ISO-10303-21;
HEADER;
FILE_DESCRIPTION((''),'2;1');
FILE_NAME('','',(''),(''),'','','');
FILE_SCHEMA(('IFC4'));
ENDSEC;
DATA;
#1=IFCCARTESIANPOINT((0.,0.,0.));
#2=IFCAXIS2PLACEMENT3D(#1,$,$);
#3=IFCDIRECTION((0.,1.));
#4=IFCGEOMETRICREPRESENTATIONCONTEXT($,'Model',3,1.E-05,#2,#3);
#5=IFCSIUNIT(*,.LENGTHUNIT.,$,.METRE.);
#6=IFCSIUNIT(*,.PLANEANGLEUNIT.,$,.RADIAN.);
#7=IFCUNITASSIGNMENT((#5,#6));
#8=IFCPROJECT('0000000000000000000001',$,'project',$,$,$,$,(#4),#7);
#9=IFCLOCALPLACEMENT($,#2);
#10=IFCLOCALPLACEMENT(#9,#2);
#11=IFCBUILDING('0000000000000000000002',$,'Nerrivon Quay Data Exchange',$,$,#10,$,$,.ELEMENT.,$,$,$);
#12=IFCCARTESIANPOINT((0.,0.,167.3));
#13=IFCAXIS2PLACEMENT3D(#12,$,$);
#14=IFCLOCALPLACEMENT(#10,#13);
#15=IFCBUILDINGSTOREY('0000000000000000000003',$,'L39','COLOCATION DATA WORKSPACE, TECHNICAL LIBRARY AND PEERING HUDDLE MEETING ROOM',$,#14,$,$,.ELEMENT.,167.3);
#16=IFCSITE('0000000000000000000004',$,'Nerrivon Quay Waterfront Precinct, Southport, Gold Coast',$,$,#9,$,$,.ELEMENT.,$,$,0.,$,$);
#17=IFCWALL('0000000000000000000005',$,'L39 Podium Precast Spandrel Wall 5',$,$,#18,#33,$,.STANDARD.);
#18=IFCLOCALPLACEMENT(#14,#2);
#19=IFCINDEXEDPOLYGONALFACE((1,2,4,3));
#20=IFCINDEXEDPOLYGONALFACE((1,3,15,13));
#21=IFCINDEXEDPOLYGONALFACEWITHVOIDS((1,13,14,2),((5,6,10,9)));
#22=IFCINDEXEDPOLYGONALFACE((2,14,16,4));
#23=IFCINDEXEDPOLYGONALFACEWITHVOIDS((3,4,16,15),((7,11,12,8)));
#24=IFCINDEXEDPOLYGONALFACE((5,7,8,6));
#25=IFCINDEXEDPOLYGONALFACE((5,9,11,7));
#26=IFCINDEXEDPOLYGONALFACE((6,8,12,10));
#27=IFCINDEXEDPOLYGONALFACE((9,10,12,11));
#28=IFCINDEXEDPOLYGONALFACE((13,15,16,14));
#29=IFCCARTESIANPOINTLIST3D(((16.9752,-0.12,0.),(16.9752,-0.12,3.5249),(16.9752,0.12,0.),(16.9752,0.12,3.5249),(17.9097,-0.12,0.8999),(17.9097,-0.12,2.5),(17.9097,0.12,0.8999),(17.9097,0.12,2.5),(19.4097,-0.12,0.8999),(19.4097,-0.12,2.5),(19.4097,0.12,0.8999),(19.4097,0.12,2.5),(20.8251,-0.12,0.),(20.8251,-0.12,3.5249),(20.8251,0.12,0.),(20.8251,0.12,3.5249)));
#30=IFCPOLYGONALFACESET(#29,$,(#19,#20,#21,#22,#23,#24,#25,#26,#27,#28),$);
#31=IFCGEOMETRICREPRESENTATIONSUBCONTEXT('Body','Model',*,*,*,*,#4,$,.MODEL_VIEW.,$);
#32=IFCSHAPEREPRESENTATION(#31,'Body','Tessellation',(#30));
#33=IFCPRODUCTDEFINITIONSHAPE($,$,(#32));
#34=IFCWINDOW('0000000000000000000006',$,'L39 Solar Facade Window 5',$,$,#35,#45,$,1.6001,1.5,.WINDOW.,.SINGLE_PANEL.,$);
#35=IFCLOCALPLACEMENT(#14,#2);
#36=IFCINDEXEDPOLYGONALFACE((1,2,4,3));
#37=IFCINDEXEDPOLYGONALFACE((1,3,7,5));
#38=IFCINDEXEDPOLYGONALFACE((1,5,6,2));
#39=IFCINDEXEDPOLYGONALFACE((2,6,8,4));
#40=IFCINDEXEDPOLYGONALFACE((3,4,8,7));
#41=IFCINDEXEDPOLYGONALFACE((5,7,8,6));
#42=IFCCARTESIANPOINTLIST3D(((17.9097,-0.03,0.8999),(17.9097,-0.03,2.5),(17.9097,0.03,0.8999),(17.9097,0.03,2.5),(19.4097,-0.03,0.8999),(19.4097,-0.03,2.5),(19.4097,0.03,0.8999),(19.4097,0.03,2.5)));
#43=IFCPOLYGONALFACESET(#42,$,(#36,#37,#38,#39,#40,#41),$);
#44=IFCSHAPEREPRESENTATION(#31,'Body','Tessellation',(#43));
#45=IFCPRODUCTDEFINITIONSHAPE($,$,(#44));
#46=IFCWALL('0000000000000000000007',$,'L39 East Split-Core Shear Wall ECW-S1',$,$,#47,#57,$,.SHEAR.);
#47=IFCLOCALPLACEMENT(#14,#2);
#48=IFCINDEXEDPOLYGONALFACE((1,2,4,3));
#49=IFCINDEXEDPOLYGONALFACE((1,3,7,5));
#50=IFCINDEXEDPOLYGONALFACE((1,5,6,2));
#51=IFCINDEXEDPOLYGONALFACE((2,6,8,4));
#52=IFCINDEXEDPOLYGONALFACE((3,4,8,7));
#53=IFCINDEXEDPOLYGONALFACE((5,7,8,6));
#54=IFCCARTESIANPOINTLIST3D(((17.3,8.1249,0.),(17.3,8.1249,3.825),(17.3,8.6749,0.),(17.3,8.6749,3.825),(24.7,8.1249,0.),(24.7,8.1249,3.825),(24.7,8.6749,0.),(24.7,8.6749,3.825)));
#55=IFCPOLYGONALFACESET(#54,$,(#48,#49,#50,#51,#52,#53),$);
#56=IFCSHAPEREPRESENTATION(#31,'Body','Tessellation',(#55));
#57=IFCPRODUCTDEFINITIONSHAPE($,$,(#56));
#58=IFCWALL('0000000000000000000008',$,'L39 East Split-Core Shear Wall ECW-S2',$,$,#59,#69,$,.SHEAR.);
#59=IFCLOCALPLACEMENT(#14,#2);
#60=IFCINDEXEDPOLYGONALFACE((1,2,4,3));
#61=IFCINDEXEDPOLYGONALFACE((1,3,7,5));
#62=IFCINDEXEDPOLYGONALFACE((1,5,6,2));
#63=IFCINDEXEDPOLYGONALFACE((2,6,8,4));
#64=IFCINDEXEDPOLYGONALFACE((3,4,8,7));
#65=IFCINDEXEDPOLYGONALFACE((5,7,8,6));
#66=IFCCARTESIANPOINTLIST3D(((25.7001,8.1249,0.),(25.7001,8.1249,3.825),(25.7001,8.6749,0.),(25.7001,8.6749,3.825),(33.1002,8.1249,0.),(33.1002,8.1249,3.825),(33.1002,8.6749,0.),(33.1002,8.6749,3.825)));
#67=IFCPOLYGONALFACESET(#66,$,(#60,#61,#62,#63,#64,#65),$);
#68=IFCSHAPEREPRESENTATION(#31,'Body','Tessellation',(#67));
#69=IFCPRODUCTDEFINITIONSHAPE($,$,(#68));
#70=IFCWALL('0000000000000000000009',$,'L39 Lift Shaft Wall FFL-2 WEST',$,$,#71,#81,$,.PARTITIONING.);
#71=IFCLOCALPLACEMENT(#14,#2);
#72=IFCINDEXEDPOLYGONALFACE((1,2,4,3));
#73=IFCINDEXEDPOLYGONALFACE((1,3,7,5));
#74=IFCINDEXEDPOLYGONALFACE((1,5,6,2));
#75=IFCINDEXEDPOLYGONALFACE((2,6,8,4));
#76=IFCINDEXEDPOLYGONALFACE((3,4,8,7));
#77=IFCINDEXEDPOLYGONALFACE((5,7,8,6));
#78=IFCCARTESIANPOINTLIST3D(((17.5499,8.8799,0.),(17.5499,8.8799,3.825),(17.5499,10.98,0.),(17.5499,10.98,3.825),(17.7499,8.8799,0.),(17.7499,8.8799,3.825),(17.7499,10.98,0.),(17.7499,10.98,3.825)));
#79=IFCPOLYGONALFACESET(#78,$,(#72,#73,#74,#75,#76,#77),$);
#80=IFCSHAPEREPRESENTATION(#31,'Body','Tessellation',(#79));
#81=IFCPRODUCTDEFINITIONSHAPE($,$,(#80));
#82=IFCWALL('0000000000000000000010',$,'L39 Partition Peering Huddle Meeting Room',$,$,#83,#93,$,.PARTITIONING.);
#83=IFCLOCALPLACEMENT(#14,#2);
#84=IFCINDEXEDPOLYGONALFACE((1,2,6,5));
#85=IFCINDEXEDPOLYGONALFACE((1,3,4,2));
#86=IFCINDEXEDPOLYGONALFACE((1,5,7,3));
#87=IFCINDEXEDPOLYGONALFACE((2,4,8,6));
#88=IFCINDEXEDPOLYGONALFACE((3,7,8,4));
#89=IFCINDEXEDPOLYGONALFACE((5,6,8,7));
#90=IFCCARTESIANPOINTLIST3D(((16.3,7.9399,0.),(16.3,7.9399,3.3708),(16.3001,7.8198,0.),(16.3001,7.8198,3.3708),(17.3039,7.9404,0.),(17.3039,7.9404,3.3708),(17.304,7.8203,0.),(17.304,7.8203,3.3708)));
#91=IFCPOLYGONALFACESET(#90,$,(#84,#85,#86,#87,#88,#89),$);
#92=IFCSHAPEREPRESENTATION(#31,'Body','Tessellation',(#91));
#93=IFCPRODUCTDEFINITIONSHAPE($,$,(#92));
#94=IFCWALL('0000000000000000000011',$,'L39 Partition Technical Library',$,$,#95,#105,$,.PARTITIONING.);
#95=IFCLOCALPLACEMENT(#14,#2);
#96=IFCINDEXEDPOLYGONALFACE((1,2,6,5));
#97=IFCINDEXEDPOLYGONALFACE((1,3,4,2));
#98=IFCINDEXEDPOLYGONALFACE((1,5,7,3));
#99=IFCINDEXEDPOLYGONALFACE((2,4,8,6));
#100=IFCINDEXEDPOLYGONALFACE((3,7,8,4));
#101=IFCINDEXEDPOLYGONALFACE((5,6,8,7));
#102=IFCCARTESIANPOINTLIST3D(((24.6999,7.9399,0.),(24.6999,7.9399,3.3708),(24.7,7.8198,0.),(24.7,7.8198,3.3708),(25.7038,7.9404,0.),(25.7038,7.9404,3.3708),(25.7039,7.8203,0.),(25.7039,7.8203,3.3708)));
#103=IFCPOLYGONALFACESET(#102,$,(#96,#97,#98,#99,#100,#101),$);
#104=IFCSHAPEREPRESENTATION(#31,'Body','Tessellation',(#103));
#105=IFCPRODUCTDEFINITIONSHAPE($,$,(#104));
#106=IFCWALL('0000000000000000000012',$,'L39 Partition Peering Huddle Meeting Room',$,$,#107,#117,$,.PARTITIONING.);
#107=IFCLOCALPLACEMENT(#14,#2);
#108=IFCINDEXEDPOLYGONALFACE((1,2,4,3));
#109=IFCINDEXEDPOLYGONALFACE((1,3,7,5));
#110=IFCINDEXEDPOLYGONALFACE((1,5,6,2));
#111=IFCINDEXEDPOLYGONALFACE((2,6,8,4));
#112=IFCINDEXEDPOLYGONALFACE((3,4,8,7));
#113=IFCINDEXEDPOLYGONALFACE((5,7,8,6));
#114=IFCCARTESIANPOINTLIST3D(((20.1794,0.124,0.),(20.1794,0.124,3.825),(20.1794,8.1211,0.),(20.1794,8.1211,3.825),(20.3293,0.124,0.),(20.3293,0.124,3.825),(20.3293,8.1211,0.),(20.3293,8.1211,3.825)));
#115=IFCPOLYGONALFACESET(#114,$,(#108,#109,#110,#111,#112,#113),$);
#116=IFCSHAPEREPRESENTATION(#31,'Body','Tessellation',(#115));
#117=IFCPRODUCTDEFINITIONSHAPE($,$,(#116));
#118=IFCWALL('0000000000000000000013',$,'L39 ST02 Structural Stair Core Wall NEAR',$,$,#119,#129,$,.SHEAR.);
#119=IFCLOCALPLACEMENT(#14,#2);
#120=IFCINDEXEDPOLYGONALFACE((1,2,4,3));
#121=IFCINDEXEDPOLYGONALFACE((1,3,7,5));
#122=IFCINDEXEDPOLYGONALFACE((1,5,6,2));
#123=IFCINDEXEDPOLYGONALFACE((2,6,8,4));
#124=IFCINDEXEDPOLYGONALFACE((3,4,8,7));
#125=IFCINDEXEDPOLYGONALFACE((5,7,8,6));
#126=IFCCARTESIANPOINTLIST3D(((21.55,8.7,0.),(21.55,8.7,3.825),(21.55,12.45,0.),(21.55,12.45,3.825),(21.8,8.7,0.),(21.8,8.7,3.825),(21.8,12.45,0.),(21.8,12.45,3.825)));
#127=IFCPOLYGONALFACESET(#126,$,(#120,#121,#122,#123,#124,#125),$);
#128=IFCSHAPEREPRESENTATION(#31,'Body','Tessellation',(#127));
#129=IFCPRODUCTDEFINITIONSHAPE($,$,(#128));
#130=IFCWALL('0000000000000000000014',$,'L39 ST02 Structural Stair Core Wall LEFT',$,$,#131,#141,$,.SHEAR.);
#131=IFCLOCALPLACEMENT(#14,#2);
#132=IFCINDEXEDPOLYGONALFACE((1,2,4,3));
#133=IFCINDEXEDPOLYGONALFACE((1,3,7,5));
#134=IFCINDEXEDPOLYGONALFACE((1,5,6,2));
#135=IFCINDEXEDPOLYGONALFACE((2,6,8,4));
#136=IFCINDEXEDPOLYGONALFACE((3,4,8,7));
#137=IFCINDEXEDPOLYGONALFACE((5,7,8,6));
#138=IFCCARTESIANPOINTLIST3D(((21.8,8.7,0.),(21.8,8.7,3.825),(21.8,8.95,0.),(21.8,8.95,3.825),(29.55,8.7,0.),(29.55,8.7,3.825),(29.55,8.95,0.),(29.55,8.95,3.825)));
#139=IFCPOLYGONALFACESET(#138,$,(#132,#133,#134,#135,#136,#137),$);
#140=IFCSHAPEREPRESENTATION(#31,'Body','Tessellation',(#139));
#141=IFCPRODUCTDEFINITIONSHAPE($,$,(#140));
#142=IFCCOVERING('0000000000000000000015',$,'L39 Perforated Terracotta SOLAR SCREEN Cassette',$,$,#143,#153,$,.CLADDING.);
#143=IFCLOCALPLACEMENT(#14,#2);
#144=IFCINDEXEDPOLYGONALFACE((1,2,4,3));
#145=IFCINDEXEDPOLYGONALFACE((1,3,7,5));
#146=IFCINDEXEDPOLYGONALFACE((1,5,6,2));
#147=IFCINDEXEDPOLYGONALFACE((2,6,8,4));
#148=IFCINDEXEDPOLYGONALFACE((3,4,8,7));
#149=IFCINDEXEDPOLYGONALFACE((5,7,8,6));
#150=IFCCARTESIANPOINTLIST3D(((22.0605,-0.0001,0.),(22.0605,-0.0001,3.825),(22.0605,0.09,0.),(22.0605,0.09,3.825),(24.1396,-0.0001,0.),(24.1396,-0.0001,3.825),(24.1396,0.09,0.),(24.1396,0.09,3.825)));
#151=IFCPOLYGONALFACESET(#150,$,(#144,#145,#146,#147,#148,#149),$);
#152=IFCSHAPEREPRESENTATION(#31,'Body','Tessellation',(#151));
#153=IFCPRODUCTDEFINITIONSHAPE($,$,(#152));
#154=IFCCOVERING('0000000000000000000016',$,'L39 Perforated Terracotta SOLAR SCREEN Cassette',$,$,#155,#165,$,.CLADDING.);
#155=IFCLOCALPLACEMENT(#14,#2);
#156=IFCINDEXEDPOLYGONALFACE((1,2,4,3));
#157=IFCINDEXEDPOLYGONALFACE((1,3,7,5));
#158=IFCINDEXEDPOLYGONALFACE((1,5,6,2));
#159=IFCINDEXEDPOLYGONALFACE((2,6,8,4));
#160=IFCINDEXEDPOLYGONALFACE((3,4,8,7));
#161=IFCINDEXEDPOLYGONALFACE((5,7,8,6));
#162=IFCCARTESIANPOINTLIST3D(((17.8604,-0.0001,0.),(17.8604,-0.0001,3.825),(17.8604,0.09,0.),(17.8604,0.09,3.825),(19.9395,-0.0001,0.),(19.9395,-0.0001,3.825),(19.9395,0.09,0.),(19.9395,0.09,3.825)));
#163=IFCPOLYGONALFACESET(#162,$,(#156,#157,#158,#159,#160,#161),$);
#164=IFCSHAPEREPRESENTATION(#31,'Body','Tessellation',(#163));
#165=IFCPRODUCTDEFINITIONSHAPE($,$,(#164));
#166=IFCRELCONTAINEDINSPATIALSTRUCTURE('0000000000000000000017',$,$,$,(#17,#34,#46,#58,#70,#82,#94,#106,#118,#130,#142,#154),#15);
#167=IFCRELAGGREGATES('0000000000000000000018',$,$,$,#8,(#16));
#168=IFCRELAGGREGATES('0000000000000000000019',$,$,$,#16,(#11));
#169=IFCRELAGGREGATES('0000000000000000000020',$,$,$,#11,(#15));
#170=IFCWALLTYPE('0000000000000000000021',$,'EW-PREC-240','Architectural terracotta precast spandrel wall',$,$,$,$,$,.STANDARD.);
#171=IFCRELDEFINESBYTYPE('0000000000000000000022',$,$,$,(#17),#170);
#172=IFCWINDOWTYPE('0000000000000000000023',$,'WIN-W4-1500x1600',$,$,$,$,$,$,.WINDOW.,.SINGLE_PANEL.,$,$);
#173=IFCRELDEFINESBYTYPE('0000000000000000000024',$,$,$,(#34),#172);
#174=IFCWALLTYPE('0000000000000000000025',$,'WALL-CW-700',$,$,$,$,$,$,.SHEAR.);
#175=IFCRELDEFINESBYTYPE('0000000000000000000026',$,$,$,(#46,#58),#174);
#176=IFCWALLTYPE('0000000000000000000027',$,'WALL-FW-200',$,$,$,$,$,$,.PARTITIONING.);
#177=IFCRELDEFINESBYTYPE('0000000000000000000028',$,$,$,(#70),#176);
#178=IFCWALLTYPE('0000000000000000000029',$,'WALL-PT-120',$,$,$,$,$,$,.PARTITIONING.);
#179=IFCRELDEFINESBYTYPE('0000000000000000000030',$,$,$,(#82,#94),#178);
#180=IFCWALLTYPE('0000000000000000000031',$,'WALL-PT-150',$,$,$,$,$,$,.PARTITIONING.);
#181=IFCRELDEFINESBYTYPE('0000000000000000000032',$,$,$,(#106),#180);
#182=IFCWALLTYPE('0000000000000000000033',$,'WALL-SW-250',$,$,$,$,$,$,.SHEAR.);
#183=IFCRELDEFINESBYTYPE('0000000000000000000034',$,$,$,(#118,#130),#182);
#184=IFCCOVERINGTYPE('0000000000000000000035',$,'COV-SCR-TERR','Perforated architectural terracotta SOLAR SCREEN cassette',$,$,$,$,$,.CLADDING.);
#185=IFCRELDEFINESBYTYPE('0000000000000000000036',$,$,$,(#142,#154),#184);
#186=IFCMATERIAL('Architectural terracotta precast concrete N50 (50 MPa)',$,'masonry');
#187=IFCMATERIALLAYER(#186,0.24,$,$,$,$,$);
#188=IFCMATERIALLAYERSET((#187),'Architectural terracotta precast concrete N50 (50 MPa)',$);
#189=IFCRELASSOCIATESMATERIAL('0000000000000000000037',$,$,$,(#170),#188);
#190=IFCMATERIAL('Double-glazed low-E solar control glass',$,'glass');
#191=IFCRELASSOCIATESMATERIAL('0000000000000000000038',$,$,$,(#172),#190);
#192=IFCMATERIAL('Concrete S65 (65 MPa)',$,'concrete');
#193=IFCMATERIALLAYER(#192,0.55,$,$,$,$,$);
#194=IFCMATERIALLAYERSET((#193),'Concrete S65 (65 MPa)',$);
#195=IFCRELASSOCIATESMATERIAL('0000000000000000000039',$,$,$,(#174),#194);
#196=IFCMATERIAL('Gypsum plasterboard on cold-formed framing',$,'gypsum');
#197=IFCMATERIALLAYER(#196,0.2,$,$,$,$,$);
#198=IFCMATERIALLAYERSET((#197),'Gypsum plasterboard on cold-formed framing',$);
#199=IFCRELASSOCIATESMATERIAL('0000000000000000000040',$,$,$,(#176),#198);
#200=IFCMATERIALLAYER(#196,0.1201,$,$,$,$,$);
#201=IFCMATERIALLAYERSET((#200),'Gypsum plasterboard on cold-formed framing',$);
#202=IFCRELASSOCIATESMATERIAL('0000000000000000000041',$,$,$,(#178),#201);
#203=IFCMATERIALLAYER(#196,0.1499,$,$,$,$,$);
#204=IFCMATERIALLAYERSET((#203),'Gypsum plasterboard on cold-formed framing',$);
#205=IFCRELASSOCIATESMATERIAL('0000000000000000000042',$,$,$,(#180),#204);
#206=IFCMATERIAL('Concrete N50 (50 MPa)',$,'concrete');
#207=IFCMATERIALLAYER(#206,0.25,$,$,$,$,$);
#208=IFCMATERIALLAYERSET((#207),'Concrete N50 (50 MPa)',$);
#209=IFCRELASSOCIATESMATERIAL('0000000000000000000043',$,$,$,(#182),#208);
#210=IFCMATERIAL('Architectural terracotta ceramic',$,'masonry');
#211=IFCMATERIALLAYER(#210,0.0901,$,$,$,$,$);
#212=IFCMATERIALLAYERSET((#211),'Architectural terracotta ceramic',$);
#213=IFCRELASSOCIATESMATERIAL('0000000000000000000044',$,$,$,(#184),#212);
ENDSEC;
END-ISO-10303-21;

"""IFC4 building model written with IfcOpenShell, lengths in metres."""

from ifc_helpers import new_model, si_unit, direction, frame, frame_2d, origin, origin_2d, place, context, subcontext, project, spatial, rectangle, extrude, material, layer, layer_set, type_object, element, fill, save


model = new_model("IFC4")

# Units and contexts
model_context = context("Model", 3, precision=1e-05, world=origin(), true_north=direction((0.0, 1.0)))
body_context = subcontext(model_context, "Body", "Model", "MODEL_VIEW")
ifc_project = project(units=[si_unit("LENGTHUNIT", "METRE"), si_unit("PLANEANGLEUNIT", "RADIAN")], contexts=[model_context])

# Site, building, storey
site_placement = place(None, origin())
site = spatial("IfcSite", under=ifc_project, at=site_placement, Name="Nerrivon Quay Waterfront Precinct, Southport, Gold Coast", CompositionType="ELEMENT", RefElevation=0.0)
building_placement = place(site_placement, origin())
building = spatial("IfcBuilding", under=site, at=building_placement, Name="Nerrivon Quay Data Exchange", CompositionType="ELEMENT")
storey_placement = place(building_placement, frame((0.0, 0.0, 167.3)))
storey = spatial("IfcBuildingStorey", under=building, at=storey_placement, Name="L39", Description="COLOCATION DATA WORKSPACE, TECHNICAL LIBRARY AND PEERING HUDDLE MEETING ROOM", CompositionType="ELEMENT", Elevation=167.3)

# Shared definitions
ifc_material_1 = material(Name="Concrete S65 (65 MPa)", Category="concrete")
ifc_material_2 = material(Name="Concrete N50 (50 MPa)", Category="concrete")

# Shared definitions
ifc_material_3 = material(Name="Double-glazed low-E solar control glass", Category="glass")

# Wall, opening, window
ifc_material_4 = material(Name="Architectural terracotta precast concrete N50 (50 MPa)", Category="masonry")
ifc_layer_1 = layer(ifc_material_4, 0.24)
ifc_layer_set_1 = layer_set([ifc_layer_1], Name="Architectural terracotta precast concrete N50 (50 MPa)")
wall_type_1 = type_object("IfcWallType", Name="EW-PREC-240", Description="Architectural terracotta precast spandrel wall", PredefinedType="STANDARD", material=ifc_layer_set_1)
wall_1_placement = place(storey_placement, frame((20.825, 0.0, 0.0), z_axis=(0.0, 0.0, 1.0), x_axis=(-1.0, 0.0, 0.0)))
wall_1 = element("IfcWall", 1, at=wall_1_placement, inside=storey, type_object=wall_type_1, Name="L39 Podium Precast Spandrel Wall 5", PredefinedType="STANDARD", context=body_context, shape_type="SweptSolid", body=[
    extrude(rectangle(XDim=3.8499, YDim=0.24, at=frame_2d((1.9248, 0.0))), origin(), (0.0, 0.0, 1.0), 3.5249),
])
opening_placement = place(wall_1_placement, frame((1.4153, 0.0, 0.8999)))
opening = element("IfcOpeningElement", 2, at=opening_placement, cuts=wall_1, PredefinedType="OPENING", context=body_context, shape_type="SweptSolid", body=[
    extrude(rectangle(XDim=1.5, YDim=1.6001, at=frame_2d((0.75, 0.8))), frame((0.0, 0.1299, 0.0), z_axis=(0.0, -1.0, 0.0), x_axis=(1.0, 0.0, 0.0)), (0.0, 0.0, 1.0), 0.26),
])
window_type = type_object("IfcWindowType", Name="WIN-W4-1500x1600", PartitioningType="SINGLE_PANEL", PredefinedType="WINDOW", material=ifc_material_3)
window_placement = place(opening_placement, origin())
window = element("IfcWindow", 3, at=window_placement, inside=storey, type_object=window_type, Name="L39 Solar Facade Window 5", OverallHeight=1.6001, OverallWidth=1.5, PartitioningType="SINGLE_PANEL", PredefinedType="WINDOW", context=body_context, shape_type="SweptSolid", body=[
    extrude(rectangle(XDim=1.5, YDim=1.6001, at=frame_2d((0.75, 0.8))), frame((0.0, 0.03, 0.0), z_axis=(0.0, -1.0, 0.0), x_axis=(1.0, 0.0, 0.0)), (0.0, 0.0, 1.0), 0.0601),
])
fill(opening, window)

# Walls
ifc_layer_2 = layer(ifc_material_1, 0.55)
ifc_layer_set_2 = layer_set([ifc_layer_2], Name="Concrete S65 (65 MPa)")
wall_type_2 = type_object("IfcWallType", Name="WALL-CW-700", PredefinedType="SHEAR", material=ifc_layer_set_2)
wall_2_placement = place(storey_placement, frame((17.3, 8.3999, 0.0), z_axis=(0.0, 0.0, 1.0), x_axis=(1.0, 0.0, 0.0)))
element("IfcWall", 4, at=wall_2_placement, inside=storey, type_object=wall_type_2, Name="L39 East Split-Core Shear Wall ECW-S1", PredefinedType="SHEAR", context=body_context, shape_type="SweptSolid", body=[
    extrude(rectangle(XDim=7.3999, YDim=0.55, at=frame_2d((3.7, 0.0))), origin(), (0.0, 0.0, 1.0), 3.825),
])
wall_3_placement = place(storey_placement, frame((25.7, 8.3999, 0.0), z_axis=(0.0, 0.0, 1.0), x_axis=(1.0, 0.0, 0.0)))
element("IfcWall", 5, at=wall_3_placement, inside=storey, type_object=wall_type_2, Name="L39 East Split-Core Shear Wall ECW-S2", PredefinedType="SHEAR", context=body_context, shape_type="SweptSolid", body=[
    extrude(rectangle(XDim=7.4001, YDim=0.55, at=frame_2d((3.7002, 0.0))), origin(), (0.0, 0.0, 1.0), 3.825),
])
ifc_material_5 = material(Name="Gypsum plasterboard on cold-formed framing", Category="gypsum")
ifc_layer_3 = layer(ifc_material_5, 0.2)
ifc_layer_set_3 = layer_set([ifc_layer_3], Name="Gypsum plasterboard on cold-formed framing")
wall_type_3 = type_object("IfcWallType", Name="WALL-FW-200", PredefinedType="PARTITIONING", material=ifc_layer_set_3)
wall_4_placement = place(storey_placement, frame((17.6499, 8.8799, 0.0), z_axis=(0.0, 0.0, 1.0), x_axis=(0.0, 1.0, 0.0)))
element("IfcWall", 6, at=wall_4_placement, inside=storey, type_object=wall_type_3, Name="L39 Lift Shaft Wall FFL-2 WEST", PredefinedType="PARTITIONING", context=body_context, shape_type="SweptSolid", body=[
    extrude(rectangle(XDim=2.1001, YDim=0.2, at=frame_2d((1.05, 0.0))), origin(), (0.0, 0.0, 1.0), 3.825),
])
ifc_layer_4 = layer(ifc_material_5, 0.1201)
ifc_layer_set_4 = layer_set([ifc_layer_4], Name="Gypsum plasterboard on cold-formed framing")
wall_type_4 = type_object("IfcWallType", Name="WALL-PT-120", PredefinedType="PARTITIONING", material=ifc_layer_set_4)
for number, where, z_axis, x_axis, name in (
    (7, (17.304, 7.8804, 0.0), (0.0, 0.0, 1.0), (-1.0, -0.000486, 0.0), "L39 Partition Peering Huddle Meeting Room"),
    (8, (25.7039, 7.8804, 0.0), (0.0, 0.0, 1.0), (-1.0, -0.000486, 0.0), "L39 Partition Technical Library"),
):
    element("IfcWall", number, at=place(storey_placement, frame(where, z_axis=z_axis, x_axis=x_axis)), inside=storey, type_object=wall_type_4, Name=name, PredefinedType="PARTITIONING", context=body_context, shape_type="SweptSolid", body=[
        extrude(rectangle(XDim=1.0039, YDim=0.1201, at=frame_2d((0.502, 0.0))), origin(), (0.0, 0.0, 1.0), 3.3708),
    ])
ifc_layer_5 = layer(ifc_material_5, 0.1499)
ifc_layer_set_5 = layer_set([ifc_layer_5], Name="Gypsum plasterboard on cold-formed framing")
wall_type_5 = type_object("IfcWallType", Name="WALL-PT-150", PredefinedType="PARTITIONING", material=ifc_layer_set_5)
wall_5_placement = place(storey_placement, frame((20.2544, 0.124, 0.0), z_axis=(0.0, 0.0, 1.0), x_axis=(0.0, 1.0, 0.0)))
element("IfcWall", 9, at=wall_5_placement, inside=storey, type_object=wall_type_5, Name="L39 Partition Peering Huddle Meeting Room", PredefinedType="PARTITIONING", context=body_context, shape_type="SweptSolid", body=[
    extrude(rectangle(XDim=7.9971, YDim=0.1499, at=frame_2d((3.9985, 0.0))), origin(), (0.0, 0.0, 1.0), 3.825),
])
ifc_layer_6 = layer(ifc_material_2, 0.25)
ifc_layer_set_6 = layer_set([ifc_layer_6], Name="Concrete N50 (50 MPa)")
wall_type_6 = type_object("IfcWallType", Name="WALL-SW-250", PredefinedType="SHEAR", material=ifc_layer_set_6)
wall_6_placement = place(storey_placement, frame((21.675, 8.7, 0.0), z_axis=(0.0, 0.0, 1.0), x_axis=(0.0, 1.0, 0.0)))
element("IfcWall", 10, at=wall_6_placement, inside=storey, type_object=wall_type_6, Name="L39 ST02 Structural Stair Core Wall NEAR", PredefinedType="SHEAR", context=body_context, shape_type="SweptSolid", body=[
    extrude(rectangle(XDim=3.75, YDim=0.25, at=frame_2d((1.875, 0.0))), origin(), (0.0, 0.0, 1.0), 3.825),
])
wall_7_placement = place(storey_placement, frame((21.8, 8.825, 0.0), z_axis=(0.0, 0.0, 1.0), x_axis=(1.0, 0.0, 0.0)))
element("IfcWall", 11, at=wall_7_placement, inside=storey, type_object=wall_type_6, Name="L39 ST02 Structural Stair Core Wall LEFT", PredefinedType="SHEAR", context=body_context, shape_type="SweptSolid", body=[
    extrude(rectangle(XDim=7.75, YDim=0.25, at=frame_2d((3.875, 0.0))), origin(), (0.0, 0.0, 1.0), 3.825),
])

# Coverings
ifc_material_6 = material(Name="Architectural terracotta ceramic", Category="masonry")
ifc_layer_7 = layer(ifc_material_6, 0.0901)
ifc_layer_set_7 = layer_set([ifc_layer_7], Name="Architectural terracotta ceramic")
covering_type = type_object("IfcCoveringType", Name="COV-SCR-TERR", Description="Perforated architectural terracotta SOLAR SCREEN cassette", PredefinedType="CLADDING", material=ifc_layer_set_7)
for number, where, z_axis, x_axis, name in (
    (12, (23.1001, 0.0449, 0.0), (0.0, 0.0, 1.0), (-1.0, 0.0, 0.0), "L39 Perforated Terracotta SOLAR SCREEN Cassette"),
    (13, (18.8999, 0.0449, 0.0), (0.0, 0.0, 1.0), (-1.0, 0.0, 0.0), "L39 Perforated Terracotta SOLAR SCREEN Cassette"),
):
    element("IfcCovering", number, at=place(storey_placement, frame(where, z_axis=z_axis, x_axis=x_axis)), inside=storey, type_object=covering_type, Name=name, PredefinedType="CLADDING", context=body_context, shape_type="SweptSolid", body=[
        extrude(rectangle(XDim=2.0791, YDim=0.0901, at=origin_2d()), origin(), (0.0, 0.0, 1.0), 3.825),
    ])

save(model, "model.ifc")
